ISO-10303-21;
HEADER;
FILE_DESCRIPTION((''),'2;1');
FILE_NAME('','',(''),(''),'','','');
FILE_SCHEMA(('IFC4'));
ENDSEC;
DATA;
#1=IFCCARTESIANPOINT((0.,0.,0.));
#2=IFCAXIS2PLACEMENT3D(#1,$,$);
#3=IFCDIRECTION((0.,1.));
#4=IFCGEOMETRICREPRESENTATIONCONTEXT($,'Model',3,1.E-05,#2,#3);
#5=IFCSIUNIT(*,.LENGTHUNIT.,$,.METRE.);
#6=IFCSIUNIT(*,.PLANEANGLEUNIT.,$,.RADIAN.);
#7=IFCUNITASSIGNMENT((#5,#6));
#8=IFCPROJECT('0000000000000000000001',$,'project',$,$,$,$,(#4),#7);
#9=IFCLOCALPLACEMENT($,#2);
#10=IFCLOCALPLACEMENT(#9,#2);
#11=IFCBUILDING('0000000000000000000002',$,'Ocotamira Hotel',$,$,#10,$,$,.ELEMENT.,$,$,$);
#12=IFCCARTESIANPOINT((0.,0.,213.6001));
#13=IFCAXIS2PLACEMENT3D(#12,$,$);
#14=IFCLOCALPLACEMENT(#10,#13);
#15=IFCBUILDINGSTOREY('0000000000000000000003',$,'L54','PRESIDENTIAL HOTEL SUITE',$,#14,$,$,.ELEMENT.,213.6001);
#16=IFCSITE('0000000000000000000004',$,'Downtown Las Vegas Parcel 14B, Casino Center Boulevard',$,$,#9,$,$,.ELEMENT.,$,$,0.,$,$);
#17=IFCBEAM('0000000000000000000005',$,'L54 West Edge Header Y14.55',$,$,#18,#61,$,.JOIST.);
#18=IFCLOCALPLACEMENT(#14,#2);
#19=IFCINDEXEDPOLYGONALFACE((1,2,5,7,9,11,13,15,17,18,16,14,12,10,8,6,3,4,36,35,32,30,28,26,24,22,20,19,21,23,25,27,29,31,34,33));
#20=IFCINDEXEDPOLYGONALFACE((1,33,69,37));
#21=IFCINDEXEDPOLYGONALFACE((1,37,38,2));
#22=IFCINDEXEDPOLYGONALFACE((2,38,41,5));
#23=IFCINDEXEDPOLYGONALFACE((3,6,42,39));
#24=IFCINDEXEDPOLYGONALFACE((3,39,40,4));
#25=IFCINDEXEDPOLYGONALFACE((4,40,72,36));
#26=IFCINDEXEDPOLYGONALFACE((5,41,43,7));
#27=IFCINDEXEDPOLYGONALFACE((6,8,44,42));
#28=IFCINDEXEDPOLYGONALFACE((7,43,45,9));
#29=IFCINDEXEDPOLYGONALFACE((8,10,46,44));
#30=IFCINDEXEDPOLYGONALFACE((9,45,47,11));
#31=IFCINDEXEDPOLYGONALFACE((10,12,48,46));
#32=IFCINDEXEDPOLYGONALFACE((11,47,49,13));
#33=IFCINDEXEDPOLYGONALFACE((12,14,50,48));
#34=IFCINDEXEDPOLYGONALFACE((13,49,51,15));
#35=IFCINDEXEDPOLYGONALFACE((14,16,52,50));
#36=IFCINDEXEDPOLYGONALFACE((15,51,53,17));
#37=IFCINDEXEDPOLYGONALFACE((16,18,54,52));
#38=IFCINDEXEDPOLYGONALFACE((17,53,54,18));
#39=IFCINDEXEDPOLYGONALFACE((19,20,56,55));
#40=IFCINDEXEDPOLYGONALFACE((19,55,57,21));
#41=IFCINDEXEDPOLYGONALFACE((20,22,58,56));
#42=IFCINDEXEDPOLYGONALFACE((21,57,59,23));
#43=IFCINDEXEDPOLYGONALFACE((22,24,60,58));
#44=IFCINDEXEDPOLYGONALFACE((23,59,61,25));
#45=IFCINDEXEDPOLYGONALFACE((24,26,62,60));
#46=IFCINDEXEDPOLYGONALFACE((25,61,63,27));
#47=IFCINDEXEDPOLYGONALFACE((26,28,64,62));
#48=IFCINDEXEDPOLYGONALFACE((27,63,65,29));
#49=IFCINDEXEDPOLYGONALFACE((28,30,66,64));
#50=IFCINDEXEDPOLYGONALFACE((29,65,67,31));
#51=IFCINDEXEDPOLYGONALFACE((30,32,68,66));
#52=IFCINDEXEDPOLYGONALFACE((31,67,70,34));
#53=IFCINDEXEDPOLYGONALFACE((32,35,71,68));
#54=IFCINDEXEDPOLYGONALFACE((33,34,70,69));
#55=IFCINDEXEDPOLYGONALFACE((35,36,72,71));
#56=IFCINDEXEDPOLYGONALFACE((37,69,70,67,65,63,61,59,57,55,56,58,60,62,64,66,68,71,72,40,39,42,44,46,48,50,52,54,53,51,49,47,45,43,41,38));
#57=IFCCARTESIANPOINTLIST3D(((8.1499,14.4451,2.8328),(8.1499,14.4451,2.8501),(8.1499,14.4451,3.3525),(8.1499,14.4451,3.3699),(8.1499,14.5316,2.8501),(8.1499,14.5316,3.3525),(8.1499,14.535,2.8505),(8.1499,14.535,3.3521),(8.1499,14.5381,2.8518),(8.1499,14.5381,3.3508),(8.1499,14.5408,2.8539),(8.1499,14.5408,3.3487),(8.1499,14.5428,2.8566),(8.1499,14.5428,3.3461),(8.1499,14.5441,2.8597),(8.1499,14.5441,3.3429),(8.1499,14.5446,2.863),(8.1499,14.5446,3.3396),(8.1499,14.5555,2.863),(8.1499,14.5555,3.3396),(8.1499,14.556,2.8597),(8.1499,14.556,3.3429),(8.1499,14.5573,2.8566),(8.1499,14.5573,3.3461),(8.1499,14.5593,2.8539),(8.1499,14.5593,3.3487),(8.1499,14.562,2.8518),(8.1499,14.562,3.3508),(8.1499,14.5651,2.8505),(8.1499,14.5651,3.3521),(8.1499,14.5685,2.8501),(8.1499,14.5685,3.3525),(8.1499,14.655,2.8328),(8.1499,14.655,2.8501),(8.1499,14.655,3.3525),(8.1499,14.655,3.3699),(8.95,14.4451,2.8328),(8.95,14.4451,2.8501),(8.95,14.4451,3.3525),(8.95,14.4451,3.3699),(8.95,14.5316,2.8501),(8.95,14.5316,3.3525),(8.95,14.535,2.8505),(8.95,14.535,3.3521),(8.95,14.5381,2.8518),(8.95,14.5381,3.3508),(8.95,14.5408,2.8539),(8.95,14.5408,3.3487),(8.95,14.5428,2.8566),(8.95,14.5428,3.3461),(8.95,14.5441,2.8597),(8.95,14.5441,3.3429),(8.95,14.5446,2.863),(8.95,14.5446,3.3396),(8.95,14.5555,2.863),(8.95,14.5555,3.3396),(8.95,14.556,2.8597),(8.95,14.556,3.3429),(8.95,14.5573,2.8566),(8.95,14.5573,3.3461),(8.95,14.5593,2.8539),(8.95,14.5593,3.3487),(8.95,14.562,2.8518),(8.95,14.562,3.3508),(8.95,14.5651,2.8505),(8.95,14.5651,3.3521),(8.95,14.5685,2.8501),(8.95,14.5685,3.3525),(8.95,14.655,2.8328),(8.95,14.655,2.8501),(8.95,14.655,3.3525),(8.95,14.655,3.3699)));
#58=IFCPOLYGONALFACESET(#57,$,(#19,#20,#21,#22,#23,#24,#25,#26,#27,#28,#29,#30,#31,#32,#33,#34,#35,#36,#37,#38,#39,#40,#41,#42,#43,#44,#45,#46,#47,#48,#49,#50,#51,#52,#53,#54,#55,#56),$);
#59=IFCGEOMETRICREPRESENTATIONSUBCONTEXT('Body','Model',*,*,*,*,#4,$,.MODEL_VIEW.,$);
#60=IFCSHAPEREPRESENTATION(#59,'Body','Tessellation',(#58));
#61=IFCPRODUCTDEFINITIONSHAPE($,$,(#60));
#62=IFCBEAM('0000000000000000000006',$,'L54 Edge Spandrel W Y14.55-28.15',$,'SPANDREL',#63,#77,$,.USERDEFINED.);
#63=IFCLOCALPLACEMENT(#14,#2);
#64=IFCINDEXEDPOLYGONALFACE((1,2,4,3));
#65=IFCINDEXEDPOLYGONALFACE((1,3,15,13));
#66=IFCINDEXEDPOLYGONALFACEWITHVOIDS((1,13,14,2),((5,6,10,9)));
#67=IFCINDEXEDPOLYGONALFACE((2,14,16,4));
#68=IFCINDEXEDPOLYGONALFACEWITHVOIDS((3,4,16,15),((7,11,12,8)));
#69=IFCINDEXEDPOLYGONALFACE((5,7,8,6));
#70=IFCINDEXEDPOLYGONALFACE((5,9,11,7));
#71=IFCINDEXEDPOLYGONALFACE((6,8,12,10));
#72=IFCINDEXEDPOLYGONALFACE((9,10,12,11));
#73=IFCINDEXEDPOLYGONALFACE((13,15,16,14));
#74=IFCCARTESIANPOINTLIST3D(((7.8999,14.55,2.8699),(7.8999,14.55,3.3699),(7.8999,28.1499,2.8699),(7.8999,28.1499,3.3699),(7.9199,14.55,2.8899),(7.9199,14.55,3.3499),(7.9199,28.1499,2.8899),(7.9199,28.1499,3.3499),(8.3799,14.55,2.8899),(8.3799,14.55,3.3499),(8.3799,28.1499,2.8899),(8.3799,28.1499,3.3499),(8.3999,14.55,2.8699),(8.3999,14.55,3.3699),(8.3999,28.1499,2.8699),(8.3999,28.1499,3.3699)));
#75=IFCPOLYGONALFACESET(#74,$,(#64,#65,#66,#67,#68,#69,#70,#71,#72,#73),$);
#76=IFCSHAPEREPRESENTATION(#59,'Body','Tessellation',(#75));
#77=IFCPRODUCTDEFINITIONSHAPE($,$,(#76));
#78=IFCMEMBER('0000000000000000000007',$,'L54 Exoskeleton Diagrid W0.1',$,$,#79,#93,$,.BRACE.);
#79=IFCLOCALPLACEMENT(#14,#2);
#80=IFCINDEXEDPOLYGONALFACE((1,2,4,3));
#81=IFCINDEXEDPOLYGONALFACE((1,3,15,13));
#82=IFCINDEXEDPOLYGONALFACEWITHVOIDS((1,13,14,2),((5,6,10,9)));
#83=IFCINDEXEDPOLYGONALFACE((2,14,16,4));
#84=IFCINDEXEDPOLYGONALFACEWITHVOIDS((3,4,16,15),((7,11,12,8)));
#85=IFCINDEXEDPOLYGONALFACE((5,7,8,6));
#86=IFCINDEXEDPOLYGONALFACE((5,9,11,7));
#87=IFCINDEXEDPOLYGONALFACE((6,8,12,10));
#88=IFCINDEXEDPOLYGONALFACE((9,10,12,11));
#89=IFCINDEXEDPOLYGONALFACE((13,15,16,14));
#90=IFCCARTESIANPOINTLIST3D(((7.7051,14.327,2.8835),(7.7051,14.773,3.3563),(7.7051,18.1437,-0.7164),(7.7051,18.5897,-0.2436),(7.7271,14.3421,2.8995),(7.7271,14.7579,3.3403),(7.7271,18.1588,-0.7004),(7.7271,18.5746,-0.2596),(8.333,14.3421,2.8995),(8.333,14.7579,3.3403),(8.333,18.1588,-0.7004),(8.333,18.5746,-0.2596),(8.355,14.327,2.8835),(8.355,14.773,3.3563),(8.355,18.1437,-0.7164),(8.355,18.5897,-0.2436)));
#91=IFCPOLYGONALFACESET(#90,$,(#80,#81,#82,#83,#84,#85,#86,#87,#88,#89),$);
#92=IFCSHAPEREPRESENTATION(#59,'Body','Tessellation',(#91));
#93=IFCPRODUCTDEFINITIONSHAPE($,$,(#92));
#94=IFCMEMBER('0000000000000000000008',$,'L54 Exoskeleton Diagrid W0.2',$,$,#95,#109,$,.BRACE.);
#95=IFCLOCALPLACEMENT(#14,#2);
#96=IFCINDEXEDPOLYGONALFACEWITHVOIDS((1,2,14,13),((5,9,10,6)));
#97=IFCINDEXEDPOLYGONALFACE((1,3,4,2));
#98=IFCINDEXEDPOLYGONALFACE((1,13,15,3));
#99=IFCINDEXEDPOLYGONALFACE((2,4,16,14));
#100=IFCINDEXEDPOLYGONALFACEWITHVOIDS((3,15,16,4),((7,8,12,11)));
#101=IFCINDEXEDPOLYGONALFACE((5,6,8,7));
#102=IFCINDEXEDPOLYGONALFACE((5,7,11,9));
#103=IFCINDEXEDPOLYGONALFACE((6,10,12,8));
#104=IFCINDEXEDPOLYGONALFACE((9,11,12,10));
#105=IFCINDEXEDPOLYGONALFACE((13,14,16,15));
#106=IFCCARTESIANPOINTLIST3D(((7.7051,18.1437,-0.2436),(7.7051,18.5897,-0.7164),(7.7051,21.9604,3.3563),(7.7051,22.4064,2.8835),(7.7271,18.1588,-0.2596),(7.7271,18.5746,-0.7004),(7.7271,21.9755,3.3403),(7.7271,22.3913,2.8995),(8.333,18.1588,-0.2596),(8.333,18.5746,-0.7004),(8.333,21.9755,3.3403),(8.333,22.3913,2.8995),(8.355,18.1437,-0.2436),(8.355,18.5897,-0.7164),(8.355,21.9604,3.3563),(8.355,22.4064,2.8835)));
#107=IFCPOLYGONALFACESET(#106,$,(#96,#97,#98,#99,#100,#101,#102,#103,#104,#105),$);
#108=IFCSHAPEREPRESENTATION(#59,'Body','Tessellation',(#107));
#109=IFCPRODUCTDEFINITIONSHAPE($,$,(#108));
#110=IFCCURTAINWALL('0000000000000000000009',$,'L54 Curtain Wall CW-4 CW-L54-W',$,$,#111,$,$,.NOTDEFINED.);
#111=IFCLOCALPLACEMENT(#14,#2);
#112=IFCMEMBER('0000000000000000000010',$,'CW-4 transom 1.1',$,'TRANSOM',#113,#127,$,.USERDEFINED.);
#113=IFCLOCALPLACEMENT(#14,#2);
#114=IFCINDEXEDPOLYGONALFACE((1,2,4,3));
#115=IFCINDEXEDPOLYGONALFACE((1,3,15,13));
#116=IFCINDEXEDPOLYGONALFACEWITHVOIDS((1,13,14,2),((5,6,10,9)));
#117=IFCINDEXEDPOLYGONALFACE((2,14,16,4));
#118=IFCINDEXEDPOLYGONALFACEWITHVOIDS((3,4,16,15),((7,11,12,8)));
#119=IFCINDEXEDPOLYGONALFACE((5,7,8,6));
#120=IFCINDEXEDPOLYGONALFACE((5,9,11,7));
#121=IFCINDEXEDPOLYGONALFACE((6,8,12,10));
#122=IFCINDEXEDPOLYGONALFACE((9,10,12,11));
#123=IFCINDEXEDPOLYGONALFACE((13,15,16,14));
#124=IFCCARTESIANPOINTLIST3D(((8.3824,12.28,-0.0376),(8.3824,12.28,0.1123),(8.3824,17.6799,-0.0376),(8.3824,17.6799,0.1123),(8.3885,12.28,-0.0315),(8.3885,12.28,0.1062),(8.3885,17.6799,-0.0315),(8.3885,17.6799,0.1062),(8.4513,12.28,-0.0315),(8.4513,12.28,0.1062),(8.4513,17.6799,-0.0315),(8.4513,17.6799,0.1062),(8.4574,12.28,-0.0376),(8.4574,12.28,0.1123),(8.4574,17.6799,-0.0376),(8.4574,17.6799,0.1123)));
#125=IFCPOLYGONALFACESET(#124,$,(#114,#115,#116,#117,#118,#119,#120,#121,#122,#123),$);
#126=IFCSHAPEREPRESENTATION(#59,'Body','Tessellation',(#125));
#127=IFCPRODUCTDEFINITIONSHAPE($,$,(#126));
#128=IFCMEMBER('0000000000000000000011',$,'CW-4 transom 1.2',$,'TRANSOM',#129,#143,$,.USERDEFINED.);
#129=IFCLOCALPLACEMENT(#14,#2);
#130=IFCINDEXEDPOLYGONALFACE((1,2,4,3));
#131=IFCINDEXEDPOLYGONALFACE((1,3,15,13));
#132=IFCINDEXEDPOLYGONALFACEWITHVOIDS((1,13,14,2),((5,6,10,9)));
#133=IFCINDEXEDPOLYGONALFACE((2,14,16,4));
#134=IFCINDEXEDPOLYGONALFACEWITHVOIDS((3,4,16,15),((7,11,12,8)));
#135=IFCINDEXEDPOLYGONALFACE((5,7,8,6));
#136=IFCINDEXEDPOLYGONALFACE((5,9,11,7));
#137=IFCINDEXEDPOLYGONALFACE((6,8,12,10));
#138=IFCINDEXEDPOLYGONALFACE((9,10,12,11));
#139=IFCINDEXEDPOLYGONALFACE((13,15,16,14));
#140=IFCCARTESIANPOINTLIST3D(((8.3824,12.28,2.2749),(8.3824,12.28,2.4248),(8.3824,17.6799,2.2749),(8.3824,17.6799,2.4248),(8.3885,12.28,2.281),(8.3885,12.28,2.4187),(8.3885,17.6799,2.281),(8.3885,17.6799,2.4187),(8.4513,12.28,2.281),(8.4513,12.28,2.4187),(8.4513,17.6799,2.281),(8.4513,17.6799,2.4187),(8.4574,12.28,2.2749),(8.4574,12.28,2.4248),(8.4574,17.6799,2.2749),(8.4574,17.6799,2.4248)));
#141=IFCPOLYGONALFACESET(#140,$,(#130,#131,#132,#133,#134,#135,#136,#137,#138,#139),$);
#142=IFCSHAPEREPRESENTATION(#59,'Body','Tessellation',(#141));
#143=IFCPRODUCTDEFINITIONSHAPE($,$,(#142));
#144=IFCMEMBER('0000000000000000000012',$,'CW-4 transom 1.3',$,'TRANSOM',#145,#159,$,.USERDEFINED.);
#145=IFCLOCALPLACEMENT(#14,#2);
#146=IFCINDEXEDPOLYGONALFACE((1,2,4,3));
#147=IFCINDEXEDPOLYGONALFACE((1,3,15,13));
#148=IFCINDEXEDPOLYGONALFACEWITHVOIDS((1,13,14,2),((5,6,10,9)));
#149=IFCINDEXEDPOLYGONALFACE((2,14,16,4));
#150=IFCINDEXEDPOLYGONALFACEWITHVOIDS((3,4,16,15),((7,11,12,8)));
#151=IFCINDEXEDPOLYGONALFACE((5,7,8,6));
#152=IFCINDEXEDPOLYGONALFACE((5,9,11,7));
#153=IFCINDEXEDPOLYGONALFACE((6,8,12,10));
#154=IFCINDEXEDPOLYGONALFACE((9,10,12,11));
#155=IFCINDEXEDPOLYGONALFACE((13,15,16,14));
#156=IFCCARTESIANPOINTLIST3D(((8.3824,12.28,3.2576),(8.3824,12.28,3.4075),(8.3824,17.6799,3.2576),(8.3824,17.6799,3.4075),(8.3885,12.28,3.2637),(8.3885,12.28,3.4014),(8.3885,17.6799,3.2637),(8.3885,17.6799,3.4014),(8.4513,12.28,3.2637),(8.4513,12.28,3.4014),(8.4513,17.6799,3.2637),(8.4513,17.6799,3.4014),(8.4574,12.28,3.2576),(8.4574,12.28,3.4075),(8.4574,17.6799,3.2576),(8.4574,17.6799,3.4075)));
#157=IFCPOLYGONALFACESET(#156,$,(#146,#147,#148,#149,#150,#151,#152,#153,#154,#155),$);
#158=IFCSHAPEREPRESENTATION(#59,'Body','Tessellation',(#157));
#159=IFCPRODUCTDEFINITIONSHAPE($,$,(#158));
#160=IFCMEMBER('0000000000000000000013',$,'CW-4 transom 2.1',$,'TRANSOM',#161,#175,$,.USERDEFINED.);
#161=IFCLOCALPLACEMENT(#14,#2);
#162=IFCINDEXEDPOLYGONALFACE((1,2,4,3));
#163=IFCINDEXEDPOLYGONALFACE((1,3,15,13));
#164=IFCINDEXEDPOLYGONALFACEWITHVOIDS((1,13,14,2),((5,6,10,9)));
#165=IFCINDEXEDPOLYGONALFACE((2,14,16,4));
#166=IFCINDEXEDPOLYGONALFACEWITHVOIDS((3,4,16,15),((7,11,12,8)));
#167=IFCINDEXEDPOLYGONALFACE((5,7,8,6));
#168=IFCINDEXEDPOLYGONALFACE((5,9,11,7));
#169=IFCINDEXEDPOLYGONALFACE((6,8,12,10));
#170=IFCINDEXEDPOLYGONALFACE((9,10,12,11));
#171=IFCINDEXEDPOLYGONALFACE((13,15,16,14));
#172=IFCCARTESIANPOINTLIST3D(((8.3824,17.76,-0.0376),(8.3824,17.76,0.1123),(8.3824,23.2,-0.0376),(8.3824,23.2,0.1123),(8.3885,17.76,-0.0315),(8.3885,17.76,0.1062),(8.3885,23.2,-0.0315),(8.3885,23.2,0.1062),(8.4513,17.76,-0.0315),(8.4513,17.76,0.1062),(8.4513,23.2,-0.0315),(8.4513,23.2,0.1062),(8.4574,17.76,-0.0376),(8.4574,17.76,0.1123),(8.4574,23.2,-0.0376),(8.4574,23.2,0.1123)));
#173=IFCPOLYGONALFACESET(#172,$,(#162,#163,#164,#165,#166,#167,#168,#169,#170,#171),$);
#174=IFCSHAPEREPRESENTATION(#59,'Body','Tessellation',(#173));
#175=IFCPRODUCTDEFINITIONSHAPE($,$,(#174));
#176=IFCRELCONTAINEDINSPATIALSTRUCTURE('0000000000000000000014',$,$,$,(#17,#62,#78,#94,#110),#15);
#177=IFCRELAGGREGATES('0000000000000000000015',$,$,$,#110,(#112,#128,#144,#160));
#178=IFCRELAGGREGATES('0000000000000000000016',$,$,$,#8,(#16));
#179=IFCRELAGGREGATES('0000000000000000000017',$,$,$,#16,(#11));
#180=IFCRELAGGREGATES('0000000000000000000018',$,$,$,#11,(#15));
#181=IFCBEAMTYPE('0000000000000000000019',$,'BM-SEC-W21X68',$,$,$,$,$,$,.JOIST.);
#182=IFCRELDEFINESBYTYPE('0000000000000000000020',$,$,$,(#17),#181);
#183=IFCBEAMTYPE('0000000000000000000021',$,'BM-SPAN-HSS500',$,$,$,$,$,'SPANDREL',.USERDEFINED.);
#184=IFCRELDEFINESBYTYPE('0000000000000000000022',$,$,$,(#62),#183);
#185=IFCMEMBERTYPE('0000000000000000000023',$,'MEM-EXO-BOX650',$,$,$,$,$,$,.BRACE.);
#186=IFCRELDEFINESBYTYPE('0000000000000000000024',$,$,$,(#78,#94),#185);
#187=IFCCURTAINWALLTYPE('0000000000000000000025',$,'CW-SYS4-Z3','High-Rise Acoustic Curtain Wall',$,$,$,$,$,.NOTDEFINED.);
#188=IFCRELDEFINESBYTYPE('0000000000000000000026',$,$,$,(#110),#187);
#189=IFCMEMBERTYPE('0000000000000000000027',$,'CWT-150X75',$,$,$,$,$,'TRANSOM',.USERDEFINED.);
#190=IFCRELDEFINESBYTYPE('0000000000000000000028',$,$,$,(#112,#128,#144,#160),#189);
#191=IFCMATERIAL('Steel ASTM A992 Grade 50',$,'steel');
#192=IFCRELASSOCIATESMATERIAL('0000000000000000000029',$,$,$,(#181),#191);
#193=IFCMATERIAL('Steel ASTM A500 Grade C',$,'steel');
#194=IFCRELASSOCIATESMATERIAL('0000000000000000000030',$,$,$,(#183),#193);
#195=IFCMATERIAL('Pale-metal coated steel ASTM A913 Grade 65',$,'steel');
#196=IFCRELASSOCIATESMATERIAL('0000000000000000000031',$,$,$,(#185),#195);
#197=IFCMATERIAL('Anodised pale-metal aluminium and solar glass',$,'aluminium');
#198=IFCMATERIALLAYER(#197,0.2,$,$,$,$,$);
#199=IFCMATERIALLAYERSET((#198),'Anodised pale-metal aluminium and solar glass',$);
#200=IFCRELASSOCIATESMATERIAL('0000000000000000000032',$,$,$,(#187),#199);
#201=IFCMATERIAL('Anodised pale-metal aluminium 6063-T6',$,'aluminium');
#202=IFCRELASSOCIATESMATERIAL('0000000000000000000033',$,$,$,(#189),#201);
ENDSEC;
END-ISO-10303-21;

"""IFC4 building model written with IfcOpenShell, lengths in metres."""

from ifc_helpers import new_model, si_unit, direction, frame, origin, origin_2d, place, context, subcontext, project, spatial, hollow_rectangle, i_section, extrude, source, transform, mapped, material, layer, layer_set, material_profile, profile_set, type_object, element, aggregate, save


model = new_model("IFC4")

# Units and contexts
model_context = context("Model", 3, precision=1e-05, world=origin(), true_north=direction((0.0, 1.0)))
body_context = subcontext(model_context, "Body", "Model", "MODEL_VIEW")
ifc_project = project(units=[si_unit("LENGTHUNIT", "METRE"), si_unit("PLANEANGLEUNIT", "RADIAN")], contexts=[model_context])

# Site, building, storey
site_placement = place(None, origin())
site = spatial("IfcSite", under=ifc_project, at=site_placement, Name="Downtown Las Vegas Parcel 14B, Casino Center Boulevard", CompositionType="ELEMENT", RefElevation=0.0)
building_placement = place(site_placement, origin())
building = spatial("IfcBuilding", under=site, at=building_placement, Name="Ocotamira Hotel", CompositionType="ELEMENT")
storey_placement = place(building_placement, frame((0.0, 0.0, 213.6001)))
storey = spatial("IfcBuildingStorey", under=building, at=storey_placement, Name="L54", Description="PRESIDENTIAL HOTEL SUITE", CompositionType="ELEMENT", Elevation=213.6001)

# Beams
ifc_material_1 = material(Name="Steel ASTM A992 Grade 50", Category="steel")
ifc_material_profile_1 = material_profile(ifc_material_1, i_section(OverallWidth=0.21, OverallDepth=0.5371, WebThickness=0.011, FlangeThickness=0.0173, FilletRadius=0.0129, at=origin_2d()), Name="W21X68")
ifc_profile_set_1 = profile_set([ifc_material_profile_1], Name="Steel ASTM A992 Grade 50")
beam_type_1 = type_object("IfcBeamType", Name="BM-SEC-W21X68", PredefinedType="JOIST", material=ifc_profile_set_1)
shared_shape_1 = source(origin(), body_context, "Body", "SweptSolid", [
    extrude(i_section(OverallWidth=0.21, OverallDepth=0.5371, WebThickness=0.011, FlangeThickness=0.0173, FilletRadius=0.0129, at=origin_2d()), origin(), (0.0, 0.0, 1.0), 0.8),
])
beam_1_placement = place(storey_placement, frame((8.95, 14.55, 3.1013), z_axis=(-1.0, 0.0, 0.0), x_axis=(0.0, -1.0, 0.0)))
element("IfcBeam", 1, at=beam_1_placement, inside=storey, type_object=beam_type_1, Name="L54 West Edge Header Y14.55", PredefinedType="JOIST", context=body_context, shape_type="MappedRepresentation", body=[
    mapped(shared_shape_1, transform((0.0, 0.0, 0.0), scale=1.0)),
])
ifc_material_2 = material(Name="Steel ASTM A500 Grade C", Category="steel")
ifc_material_profile_2 = material_profile(ifc_material_2, hollow_rectangle(XDim=0.5, YDim=0.5, WallThickness=0.02, at=origin_2d()), Name="HSS500X500X20")
ifc_profile_set_2 = profile_set([ifc_material_profile_2], Name="Steel ASTM A500 Grade C")
beam_type_2 = type_object("IfcBeamType", Name="BM-SPAN-HSS500", ElementType="SPANDREL", PredefinedType="USERDEFINED", material=ifc_profile_set_2)
shared_shape_2 = source(origin(), body_context, "Body", "SweptSolid", [
    extrude(hollow_rectangle(XDim=0.5, YDim=0.5, WallThickness=0.02, at=origin_2d()), origin(), (0.0, 0.0, 1.0), 13.5999),
])
beam_2_placement = place(storey_placement, frame((8.1499, 14.55, 3.1199), z_axis=(0.0, 1.0, 0.0), x_axis=(-1.0, 0.0, 0.0)))
element("IfcBeam", 2, at=beam_2_placement, inside=storey, type_object=beam_type_2, Name="L54 Edge Spandrel W Y14.55-28.15", ObjectType="SPANDREL", PredefinedType="USERDEFINED", context=body_context, shape_type="MappedRepresentation", body=[
    mapped(shared_shape_2, transform((0.0, 0.0, 0.0), scale=1.0)),
])

# Members
ifc_material_3 = material(Name="Pale-metal coated steel ASTM A913 Grade 65", Category="steel")
ifc_material_profile_3 = material_profile(ifc_material_3, hollow_rectangle(XDim=0.6499, YDim=0.6499, WallThickness=0.022, at=origin_2d()), Name="BOX650X650X22")
ifc_profile_set_3 = profile_set([ifc_material_profile_3], Name="Pale-metal coated steel ASTM A913 Grade 65")
member_type_1 = type_object("IfcMemberType", Name="MEM-EXO-BOX650", PredefinedType="BRACE", material=ifc_profile_set_3)
shared_shape_3 = source(origin(), body_context, "Body", "SweptSolid", [
    extrude(hollow_rectangle(XDim=0.6499, YDim=0.6499, WallThickness=0.022, at=origin_2d()), origin(), (0.0, 0.0, 1.0), 5.2466),
])
for number, where, z_axis, x_axis, name in (
    (3, (8.03, 18.3667, -0.48), (0.0, -0.727466, 0.686144), (1.0, 0.0, 0.0), "L54 Exoskeleton Diagrid W0.1"),
    (4, (8.03, 18.3667, -0.48), (0.0, 0.727466, 0.686144), (-1.0, 0.0, 0.0), "L54 Exoskeleton Diagrid W0.2"),
):
    element("IfcMember", number, at=place(storey_placement, frame(where, z_axis=z_axis, x_axis=x_axis)), inside=storey, type_object=member_type_1, Name=name, PredefinedType="BRACE", context=body_context, shape_type="MappedRepresentation", body=[
        mapped(shared_shape_3, transform((0.0, 0.0, 0.0), scale=1.0)),
    ])

# Curtain wall, members
ifc_material_4 = material(Name="Anodised pale-metal aluminium and solar glass", Category="aluminium")
ifc_layer_1 = layer(ifc_material_4, 0.2)
ifc_layer_set_1 = layer_set([ifc_layer_1], Name="Anodised pale-metal aluminium and solar glass")
curtain_wall_type = type_object("IfcCurtainWallType", Name="CW-SYS4-Z3", Description="High-Rise Acoustic Curtain Wall", PredefinedType="NOTDEFINED", material=ifc_layer_set_1)
curtain_wall_placement = place(storey_placement, origin())
curtain_wall = element("IfcCurtainWall", 5, at=curtain_wall_placement, inside=storey, type_object=curtain_wall_type, Name="L54 Curtain Wall CW-4 CW-L54-W", PredefinedType="NOTDEFINED")
ifc_material_5 = material(Name="Anodised pale-metal aluminium 6063-T6", Category="aluminium")
ifc_material_profile_4 = material_profile(ifc_material_5, hollow_rectangle(XDim=0.075, YDim=0.1499, WallThickness=0.0061, at=origin_2d()), Name="HSS150X75X6")
ifc_profile_set_4 = profile_set([ifc_material_profile_4], Name="Anodised pale-metal aluminium 6063-T6")
member_type_2 = type_object("IfcMemberType", Name="CWT-150X75", ElementType="TRANSOM", PredefinedType="USERDEFINED", material=ifc_profile_set_4)
shared_shape_4 = source(origin(), body_context, "Body", "SweptSolid", [
    extrude(hollow_rectangle(XDim=0.075, YDim=0.1499, WallThickness=0.0061, at=origin_2d()), origin(), (0.0, 0.0, 1.0), 5.3999),
])
member_1_placement = place(storey_placement, frame((8.4199, 12.28, 0.0374), z_axis=(0.0, 1.0, 0.0), x_axis=(-1.0, 0.0, 0.0)))
member_1 = element("IfcMember", 6, at=member_1_placement, type_object=member_type_2, Name="CW-4 transom 1.1", ObjectType="TRANSOM", PredefinedType="USERDEFINED", context=body_context, shape_type="MappedRepresentation", body=[
    mapped(shared_shape_4, transform((0.0, 0.0, 0.0), scale=1.0)),
])
member_2_placement = place(storey_placement, frame((8.4199, 12.28, 2.3499), z_axis=(0.0, 1.0, 0.0), x_axis=(-1.0, 0.0, 0.0)))
member_2 = element("IfcMember", 7, at=member_2_placement, type_object=member_type_2, Name="CW-4 transom 1.2", ObjectType="TRANSOM", PredefinedType="USERDEFINED", context=body_context, shape_type="MappedRepresentation", body=[
    mapped(shared_shape_4, transform((0.0, 0.0, 0.0), scale=1.0)),
])
member_3_placement = place(storey_placement, frame((8.4199, 12.28, 3.3325), z_axis=(0.0, 1.0, 0.0), x_axis=(-1.0, 0.0, 0.0)))
member_3 = element("IfcMember", 8, at=member_3_placement, type_object=member_type_2, Name="CW-4 transom 1.3", ObjectType="TRANSOM", PredefinedType="USERDEFINED", context=body_context, shape_type="MappedRepresentation", body=[
    mapped(shared_shape_4, transform((0.0, 0.0, 0.0), scale=1.0)),
])
shared_shape_5 = source(origin(), body_context, "Body", "SweptSolid", [
    extrude(hollow_rectangle(XDim=0.075, YDim=0.1499, WallThickness=0.0061, at=origin_2d()), origin(), (0.0, 0.0, 1.0), 5.4399),
])
member_4_placement = place(storey_placement, frame((8.4199, 17.76, 0.0374), z_axis=(0.0, 1.0, 0.0), x_axis=(-1.0, 0.0, 0.0)))
member_4 = element("IfcMember", 9, at=member_4_placement, type_object=member_type_2, Name="CW-4 transom 2.1", ObjectType="TRANSOM", PredefinedType="USERDEFINED", context=body_context, shape_type="MappedRepresentation", body=[
    mapped(shared_shape_5, transform((0.0, 0.0, 0.0), scale=1.0)),
])

aggregate(curtain_wall, [member_1, member_2, member_3, member_4])

save(model, "model.ifc")
